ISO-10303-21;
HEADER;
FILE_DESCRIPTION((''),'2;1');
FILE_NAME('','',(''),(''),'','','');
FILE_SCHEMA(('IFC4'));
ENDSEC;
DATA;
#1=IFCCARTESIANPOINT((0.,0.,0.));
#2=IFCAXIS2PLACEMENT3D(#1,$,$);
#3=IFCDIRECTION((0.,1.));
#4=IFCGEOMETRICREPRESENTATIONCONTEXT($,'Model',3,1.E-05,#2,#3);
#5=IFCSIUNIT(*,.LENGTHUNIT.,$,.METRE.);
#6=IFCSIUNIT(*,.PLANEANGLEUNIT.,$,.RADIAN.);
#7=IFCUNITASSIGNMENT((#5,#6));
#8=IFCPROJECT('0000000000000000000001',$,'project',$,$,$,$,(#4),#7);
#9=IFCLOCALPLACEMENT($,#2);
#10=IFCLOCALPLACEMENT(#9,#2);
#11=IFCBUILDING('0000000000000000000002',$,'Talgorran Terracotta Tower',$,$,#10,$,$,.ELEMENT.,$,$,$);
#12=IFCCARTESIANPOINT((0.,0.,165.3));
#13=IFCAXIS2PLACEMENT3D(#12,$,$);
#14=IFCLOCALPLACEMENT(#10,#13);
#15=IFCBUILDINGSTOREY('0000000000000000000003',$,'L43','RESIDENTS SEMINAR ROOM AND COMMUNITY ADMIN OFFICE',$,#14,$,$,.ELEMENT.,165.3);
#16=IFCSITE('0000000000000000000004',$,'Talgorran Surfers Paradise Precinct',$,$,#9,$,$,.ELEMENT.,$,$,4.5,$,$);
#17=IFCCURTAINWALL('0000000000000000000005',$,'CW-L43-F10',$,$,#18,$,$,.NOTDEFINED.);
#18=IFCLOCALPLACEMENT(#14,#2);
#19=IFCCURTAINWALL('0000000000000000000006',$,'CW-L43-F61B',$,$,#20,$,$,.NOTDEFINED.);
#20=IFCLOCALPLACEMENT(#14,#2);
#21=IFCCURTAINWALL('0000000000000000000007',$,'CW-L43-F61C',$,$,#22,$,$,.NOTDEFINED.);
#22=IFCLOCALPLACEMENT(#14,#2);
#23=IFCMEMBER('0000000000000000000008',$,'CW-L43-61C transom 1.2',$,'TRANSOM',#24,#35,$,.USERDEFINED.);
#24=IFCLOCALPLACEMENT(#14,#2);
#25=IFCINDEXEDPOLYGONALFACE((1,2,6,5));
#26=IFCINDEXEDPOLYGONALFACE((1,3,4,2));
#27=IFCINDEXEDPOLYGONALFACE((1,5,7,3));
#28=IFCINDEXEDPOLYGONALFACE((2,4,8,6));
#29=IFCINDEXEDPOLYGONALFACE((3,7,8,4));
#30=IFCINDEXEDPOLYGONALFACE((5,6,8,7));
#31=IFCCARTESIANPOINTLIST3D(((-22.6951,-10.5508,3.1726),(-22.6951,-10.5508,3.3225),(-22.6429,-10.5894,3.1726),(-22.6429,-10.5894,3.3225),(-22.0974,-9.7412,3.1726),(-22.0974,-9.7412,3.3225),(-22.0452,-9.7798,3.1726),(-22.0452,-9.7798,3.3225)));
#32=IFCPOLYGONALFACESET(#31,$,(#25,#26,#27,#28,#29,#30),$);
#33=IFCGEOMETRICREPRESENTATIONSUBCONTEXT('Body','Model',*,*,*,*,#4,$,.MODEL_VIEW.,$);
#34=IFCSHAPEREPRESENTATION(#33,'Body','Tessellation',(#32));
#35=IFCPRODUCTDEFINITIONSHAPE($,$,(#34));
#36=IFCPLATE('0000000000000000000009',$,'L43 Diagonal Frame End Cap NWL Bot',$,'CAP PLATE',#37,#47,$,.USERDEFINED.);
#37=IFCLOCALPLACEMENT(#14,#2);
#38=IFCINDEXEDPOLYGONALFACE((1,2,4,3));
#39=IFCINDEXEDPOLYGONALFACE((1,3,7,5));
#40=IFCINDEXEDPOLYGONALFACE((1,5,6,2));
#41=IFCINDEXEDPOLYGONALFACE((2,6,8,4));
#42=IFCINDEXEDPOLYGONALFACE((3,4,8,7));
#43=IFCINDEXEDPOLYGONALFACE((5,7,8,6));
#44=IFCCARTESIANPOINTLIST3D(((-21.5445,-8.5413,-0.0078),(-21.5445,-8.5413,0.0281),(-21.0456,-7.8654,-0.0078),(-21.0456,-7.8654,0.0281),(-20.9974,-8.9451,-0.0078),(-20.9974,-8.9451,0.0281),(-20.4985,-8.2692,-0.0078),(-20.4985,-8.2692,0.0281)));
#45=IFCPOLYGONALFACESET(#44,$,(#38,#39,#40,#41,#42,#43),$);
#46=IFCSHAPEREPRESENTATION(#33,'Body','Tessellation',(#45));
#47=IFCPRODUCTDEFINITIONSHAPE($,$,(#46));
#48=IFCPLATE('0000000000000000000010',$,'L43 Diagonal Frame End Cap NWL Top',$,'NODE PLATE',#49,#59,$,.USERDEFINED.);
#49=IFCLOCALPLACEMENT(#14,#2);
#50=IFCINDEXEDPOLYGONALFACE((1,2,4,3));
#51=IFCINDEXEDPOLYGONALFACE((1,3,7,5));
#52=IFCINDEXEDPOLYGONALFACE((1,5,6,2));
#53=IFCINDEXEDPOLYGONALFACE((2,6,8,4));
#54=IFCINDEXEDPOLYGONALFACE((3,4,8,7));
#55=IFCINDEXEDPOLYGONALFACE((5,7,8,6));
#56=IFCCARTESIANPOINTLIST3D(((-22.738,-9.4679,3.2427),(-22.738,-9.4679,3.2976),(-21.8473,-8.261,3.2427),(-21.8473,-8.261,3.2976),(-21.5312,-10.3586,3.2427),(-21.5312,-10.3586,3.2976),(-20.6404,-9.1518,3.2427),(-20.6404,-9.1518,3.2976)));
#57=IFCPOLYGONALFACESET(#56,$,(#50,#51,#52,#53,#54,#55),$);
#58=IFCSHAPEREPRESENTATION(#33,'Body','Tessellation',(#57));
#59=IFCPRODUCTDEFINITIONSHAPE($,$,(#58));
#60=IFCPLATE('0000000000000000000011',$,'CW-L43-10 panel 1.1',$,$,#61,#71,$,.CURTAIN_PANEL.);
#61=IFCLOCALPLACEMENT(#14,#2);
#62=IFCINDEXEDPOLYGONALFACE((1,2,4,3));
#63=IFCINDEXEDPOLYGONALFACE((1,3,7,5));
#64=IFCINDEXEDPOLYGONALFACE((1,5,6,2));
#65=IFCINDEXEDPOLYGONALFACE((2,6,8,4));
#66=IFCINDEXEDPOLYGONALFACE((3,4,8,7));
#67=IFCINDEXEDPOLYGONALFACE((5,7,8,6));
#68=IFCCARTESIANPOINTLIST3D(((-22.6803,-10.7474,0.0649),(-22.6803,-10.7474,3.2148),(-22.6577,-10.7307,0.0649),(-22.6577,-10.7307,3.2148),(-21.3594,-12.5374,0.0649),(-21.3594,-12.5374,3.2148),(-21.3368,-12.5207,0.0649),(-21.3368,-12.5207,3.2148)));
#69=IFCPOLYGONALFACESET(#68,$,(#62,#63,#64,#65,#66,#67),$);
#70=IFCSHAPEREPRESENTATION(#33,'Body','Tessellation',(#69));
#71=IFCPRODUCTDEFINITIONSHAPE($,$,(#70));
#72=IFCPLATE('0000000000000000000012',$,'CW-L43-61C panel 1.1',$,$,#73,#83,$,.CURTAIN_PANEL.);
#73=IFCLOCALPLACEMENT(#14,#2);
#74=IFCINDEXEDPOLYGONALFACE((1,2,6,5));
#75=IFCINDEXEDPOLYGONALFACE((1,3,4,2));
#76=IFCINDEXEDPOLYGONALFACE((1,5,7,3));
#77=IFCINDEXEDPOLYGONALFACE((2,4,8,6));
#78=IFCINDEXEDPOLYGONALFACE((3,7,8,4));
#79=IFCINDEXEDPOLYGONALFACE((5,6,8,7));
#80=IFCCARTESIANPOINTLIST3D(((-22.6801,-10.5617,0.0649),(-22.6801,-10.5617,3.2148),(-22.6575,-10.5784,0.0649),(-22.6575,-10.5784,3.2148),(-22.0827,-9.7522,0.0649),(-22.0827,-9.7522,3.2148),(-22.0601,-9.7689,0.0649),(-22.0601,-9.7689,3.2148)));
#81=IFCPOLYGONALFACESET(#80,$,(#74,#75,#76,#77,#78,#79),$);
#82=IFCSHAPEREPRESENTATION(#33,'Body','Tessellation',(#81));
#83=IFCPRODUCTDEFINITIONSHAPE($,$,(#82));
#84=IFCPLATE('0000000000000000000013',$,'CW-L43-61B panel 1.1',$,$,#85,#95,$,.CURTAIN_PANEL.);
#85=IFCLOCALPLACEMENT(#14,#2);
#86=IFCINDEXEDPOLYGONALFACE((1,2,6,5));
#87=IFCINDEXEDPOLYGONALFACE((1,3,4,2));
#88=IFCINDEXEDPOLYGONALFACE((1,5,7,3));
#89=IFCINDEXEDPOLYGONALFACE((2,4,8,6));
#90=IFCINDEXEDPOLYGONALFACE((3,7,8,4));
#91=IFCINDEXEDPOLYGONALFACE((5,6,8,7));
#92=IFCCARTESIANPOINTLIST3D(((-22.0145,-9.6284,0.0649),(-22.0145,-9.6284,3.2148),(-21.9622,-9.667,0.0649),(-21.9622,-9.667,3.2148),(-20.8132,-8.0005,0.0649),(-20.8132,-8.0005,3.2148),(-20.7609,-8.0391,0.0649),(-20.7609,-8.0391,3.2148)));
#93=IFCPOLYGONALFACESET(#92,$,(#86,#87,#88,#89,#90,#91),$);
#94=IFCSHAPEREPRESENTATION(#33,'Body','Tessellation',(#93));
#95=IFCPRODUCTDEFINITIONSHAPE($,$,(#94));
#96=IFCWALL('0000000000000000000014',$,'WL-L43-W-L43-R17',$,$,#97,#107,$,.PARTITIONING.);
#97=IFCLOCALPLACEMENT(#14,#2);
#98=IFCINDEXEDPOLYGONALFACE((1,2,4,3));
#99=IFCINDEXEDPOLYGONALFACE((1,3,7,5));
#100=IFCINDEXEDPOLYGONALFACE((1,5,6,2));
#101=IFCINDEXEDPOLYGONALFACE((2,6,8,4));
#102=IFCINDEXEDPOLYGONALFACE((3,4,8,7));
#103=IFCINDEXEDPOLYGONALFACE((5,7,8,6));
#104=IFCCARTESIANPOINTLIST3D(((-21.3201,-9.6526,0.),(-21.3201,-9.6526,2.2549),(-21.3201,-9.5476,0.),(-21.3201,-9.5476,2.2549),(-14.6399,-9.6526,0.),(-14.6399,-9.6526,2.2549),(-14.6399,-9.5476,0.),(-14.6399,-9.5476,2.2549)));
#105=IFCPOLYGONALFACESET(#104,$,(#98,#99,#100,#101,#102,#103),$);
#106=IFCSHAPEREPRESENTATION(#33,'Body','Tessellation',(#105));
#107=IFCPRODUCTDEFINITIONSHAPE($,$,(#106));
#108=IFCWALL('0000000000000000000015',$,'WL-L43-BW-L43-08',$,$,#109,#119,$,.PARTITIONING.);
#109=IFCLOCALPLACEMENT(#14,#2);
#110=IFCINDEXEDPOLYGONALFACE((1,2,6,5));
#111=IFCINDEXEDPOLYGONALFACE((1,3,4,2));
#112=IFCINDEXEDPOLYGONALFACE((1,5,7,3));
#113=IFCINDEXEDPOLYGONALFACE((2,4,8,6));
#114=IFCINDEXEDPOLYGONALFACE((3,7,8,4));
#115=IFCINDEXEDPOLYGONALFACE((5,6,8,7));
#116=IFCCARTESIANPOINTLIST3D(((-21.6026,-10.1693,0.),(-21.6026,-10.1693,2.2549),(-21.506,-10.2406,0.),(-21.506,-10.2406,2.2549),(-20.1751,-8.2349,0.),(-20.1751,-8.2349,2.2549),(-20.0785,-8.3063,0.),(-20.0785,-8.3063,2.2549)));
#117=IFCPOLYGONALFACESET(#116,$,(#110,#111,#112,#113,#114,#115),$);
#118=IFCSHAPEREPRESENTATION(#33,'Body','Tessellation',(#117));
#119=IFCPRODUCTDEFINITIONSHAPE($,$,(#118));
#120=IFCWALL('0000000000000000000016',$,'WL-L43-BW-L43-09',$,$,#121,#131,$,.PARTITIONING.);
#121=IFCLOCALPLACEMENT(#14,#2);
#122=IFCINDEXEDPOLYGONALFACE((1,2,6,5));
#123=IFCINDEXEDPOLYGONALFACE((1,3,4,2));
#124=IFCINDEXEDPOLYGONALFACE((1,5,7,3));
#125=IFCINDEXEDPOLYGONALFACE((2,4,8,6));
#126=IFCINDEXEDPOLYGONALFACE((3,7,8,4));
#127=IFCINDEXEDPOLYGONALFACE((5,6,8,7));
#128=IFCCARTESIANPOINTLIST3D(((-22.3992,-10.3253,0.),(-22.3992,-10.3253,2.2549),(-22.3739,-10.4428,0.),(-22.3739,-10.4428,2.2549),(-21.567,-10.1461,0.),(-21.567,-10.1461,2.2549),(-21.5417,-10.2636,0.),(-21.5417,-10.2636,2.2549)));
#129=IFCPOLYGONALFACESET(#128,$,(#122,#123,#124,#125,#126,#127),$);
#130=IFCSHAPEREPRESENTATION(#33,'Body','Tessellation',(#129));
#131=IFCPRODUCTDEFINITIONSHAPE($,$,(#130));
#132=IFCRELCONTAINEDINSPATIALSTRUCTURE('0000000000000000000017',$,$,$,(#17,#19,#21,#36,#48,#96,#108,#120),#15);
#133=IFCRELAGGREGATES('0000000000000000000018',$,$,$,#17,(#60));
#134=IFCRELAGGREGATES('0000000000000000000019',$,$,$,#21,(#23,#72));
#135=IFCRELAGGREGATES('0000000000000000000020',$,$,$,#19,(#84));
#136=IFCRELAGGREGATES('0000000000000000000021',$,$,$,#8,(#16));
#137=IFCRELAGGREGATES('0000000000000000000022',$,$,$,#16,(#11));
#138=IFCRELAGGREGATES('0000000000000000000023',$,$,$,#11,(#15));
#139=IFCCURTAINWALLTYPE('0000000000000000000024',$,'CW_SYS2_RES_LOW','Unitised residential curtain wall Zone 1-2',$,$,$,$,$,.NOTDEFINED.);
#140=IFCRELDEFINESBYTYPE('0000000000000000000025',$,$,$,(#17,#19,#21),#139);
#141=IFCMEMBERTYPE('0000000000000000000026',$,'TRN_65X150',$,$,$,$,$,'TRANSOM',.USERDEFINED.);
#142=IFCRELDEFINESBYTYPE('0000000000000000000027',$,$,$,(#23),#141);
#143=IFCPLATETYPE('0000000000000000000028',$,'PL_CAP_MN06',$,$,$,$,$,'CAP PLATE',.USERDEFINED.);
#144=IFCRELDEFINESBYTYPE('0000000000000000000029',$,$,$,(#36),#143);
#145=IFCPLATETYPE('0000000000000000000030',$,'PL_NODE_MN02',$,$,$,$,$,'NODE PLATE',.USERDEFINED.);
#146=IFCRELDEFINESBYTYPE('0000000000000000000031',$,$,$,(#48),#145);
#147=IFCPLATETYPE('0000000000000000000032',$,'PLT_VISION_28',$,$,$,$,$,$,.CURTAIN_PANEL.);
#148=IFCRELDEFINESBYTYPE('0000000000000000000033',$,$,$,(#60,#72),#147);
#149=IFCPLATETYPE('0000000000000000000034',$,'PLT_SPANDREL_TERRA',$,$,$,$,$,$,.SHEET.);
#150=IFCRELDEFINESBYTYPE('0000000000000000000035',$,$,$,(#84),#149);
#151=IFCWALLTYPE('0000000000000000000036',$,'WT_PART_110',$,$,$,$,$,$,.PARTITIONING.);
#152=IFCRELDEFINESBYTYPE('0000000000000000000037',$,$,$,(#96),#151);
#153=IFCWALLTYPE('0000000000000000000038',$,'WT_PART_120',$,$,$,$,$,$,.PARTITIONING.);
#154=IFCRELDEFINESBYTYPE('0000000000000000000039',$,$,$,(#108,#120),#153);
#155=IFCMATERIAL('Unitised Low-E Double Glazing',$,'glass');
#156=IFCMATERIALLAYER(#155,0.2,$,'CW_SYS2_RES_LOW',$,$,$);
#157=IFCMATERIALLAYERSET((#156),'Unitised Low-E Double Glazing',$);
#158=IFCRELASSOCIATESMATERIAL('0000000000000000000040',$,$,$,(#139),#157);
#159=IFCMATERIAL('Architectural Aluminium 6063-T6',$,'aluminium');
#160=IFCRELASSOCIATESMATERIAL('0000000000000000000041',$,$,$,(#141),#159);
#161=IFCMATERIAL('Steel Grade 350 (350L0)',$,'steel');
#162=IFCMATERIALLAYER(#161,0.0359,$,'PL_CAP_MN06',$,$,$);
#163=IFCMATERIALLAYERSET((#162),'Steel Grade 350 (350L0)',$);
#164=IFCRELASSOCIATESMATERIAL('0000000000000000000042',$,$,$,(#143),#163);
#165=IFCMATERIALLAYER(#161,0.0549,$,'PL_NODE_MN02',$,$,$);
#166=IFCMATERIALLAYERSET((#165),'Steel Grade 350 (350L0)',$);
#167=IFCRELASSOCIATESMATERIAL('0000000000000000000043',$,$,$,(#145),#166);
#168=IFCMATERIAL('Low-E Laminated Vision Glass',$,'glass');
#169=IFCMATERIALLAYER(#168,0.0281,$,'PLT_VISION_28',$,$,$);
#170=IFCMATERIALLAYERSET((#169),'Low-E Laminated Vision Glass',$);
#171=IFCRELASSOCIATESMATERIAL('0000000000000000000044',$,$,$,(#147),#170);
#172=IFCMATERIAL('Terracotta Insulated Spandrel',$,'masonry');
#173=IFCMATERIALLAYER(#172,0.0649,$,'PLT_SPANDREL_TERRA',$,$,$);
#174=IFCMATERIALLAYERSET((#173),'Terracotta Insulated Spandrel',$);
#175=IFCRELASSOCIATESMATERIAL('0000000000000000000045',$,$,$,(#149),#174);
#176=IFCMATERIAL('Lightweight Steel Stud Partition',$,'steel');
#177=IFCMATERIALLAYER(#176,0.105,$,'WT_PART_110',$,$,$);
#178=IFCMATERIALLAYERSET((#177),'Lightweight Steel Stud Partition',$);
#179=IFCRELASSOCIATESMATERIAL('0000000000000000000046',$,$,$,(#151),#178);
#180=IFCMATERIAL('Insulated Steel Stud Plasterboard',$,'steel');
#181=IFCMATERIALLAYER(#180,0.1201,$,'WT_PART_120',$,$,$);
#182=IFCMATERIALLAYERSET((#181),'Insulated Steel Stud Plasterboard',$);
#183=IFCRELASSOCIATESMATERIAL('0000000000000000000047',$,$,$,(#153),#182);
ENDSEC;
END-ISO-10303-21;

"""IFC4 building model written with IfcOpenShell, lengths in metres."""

from ifc_helpers import new_model, si_unit, direction, frame, frame_2d, origin, origin_2d, place, context, subcontext, project, spatial, rectangle, extrude, source, transform, mapped, material, layer, layer_set, material_profile, profile_set, type_object, type_shapes, element, aggregate, save


model = new_model("IFC4")

# Units and contexts
model_context = context("Model", 3, precision=1e-05, world=origin(), true_north=direction((0.0, 1.0)))
body_context = subcontext(model_context, "Body", "Model", "MODEL_VIEW")
ifc_project = project(units=[si_unit("LENGTHUNIT", "METRE"), si_unit("PLANEANGLEUNIT", "RADIAN")], contexts=[model_context])

# Site, building, storey
site_placement = place(None, origin())
site = spatial("IfcSite", under=ifc_project, at=site_placement, Name="Talgorran Surfers Paradise Precinct", CompositionType="ELEMENT", RefElevation=4.5)
building_placement = place(site_placement, origin())
building = spatial("IfcBuilding", under=site, at=building_placement, Name="Talgorran Terracotta Tower", CompositionType="ELEMENT")
storey_placement = place(building_placement, frame((0.0, 0.0, 165.3)))
storey = spatial("IfcBuildingStorey", under=building, at=storey_placement, Name="L43", Description="RESIDENTS SEMINAR ROOM AND COMMUNITY ADMIN OFFICE", CompositionType="ELEMENT", Elevation=165.3)

# Shared definitions
ifc_material_1 = material(Name="Steel Grade 350 (350L0)", Category="steel")

# Curtain walls
ifc_material_2 = material(Name="Unitised Low-E Double Glazing", Category="glass")
ifc_layer_1 = layer(ifc_material_2, 0.2, Name="CW_SYS2_RES_LOW")
ifc_layer_set_1 = layer_set([ifc_layer_1], Name="Unitised Low-E Double Glazing")
curtain_wall_type = type_object("IfcCurtainWallType", Name="CW_SYS2_RES_LOW", Description="Unitised residential curtain wall Zone 1-2", PredefinedType="NOTDEFINED", material=ifc_layer_set_1)
curtain_wall_1_placement = place(storey_placement, origin())
curtain_wall_1 = element("IfcCurtainWall", 1, at=curtain_wall_1_placement, inside=storey, type_object=curtain_wall_type, Name="CW-L43-F10", PredefinedType="NOTDEFINED")
ifc_material_3 = material(Name="Architectural Aluminium 6063-T6", Category="aluminium")
curtain_wall_2_placement = place(storey_placement, origin())
curtain_wall_2 = element("IfcCurtainWall", 2, at=curtain_wall_2_placement, inside=storey, type_object=curtain_wall_type, Name="CW-L43-F61B", PredefinedType="NOTDEFINED")

# Curtain wall
curtain_wall_3_placement = place(storey_placement, origin())
curtain_wall_3 = element("IfcCurtainWall", 3, at=curtain_wall_3_placement, inside=storey, type_object=curtain_wall_type, Name="CW-L43-F61C", PredefinedType="NOTDEFINED")

# Member
ifc_material_profile_1 = material_profile(ifc_material_3, rectangle(XDim=0.0649, YDim=0.1499, at=origin_2d()), Name="CWT65X150")
ifc_profile_set_1 = profile_set([ifc_material_profile_1], Name="Architectural Aluminium 6063-T6")
member_type_1 = type_object("IfcMemberType", Name="TRN_65X150", ElementType="TRANSOM", PredefinedType="USERDEFINED", material=ifc_profile_set_1)
member_1_placement = place(storey_placement, frame((-22.0713, -9.7605, 3.2476), z_axis=(-0.593927, -0.804519, 0.0), x_axis=(0.804519, -0.593927, 0.0)))
member_1 = element("IfcMember", 4, at=member_1_placement, type_object=member_type_1, Name="CW-L43-61C transom 1.2", ObjectType="TRANSOM", PredefinedType="USERDEFINED", context=body_context, shape_type="SweptSolid", body=[
    extrude(rectangle(XDim=0.0649, YDim=0.1499, at=origin_2d()), origin(), (0.0, 0.0, 1.0), 1.0063),
])

# Plates
ifc_layer_2 = layer(ifc_material_1, 0.0359, Name="PL_CAP_MN06")
ifc_layer_set_2 = layer_set([ifc_layer_2], Name="Steel Grade 350 (350L0)")
plate_type_1 = type_object("IfcPlateType", Name="PL_CAP_MN06", ElementType="CAP PLATE", PredefinedType="USERDEFINED", material=ifc_layer_set_2)
plate_1_placement = place(storey_placement, frame((-21.0215, -8.4053, -0.0078), z_axis=(0.0, 0.0, 1.0), x_axis=(-0.59384, -0.804583, 0.0)))
element("IfcPlate", 5, at=plate_1_placement, inside=storey, type_object=plate_type_1, Name="L43 Diagonal Frame End Cap NWL Bot", ObjectType="CAP PLATE", PredefinedType="USERDEFINED", context=body_context, shape_type="SweptSolid", body=[
    extrude(rectangle(XDim=0.8401, YDim=0.6799, at=origin_2d()), origin(), (0.0, 0.0, 1.0), 0.0359),
])
ifc_layer_3 = layer(ifc_material_1, 0.0549, Name="PL_NODE_MN02")
ifc_layer_set_3 = layer_set([ifc_layer_3], Name="Steel Grade 350 (350L0)")
plate_type_2 = type_object("IfcPlateType", Name="PL_NODE_MN02", ElementType="NODE PLATE", PredefinedType="USERDEFINED", material=ifc_layer_set_3)
plate_2_placement = place(storey_placement, frame((-21.6892, -9.3098, 3.2427), z_axis=(0.0, 0.0, 1.0), x_axis=(-0.59384, -0.804583, 0.0)))
element("IfcPlate", 6, at=plate_2_placement, inside=storey, type_object=plate_type_2, Name="L43 Diagonal Frame End Cap NWL Top", ObjectType="NODE PLATE", PredefinedType="USERDEFINED", context=body_context, shape_type="SweptSolid", body=[
    extrude(rectangle(XDim=1.5, YDim=1.5, at=origin_2d()), origin(), (0.0, 0.0, 1.0), 0.0549),
])

# Plates
ifc_material_4 = material(Name="Low-E Laminated Vision Glass", Category="glass")
ifc_layer_4 = layer(ifc_material_4, 0.0281, Name="PLT_VISION_28")
ifc_layer_set_4 = layer_set([ifc_layer_4], Name="Low-E Laminated Vision Glass")
plate_type_3 = type_object("IfcPlateType", Name="PLT_VISION_28", PredefinedType="CURTAIN_PANEL", material=ifc_layer_set_4)
shared_shape_1 = source(origin(), body_context, "Body", "SweptSolid", [
    extrude(rectangle(XDim=2.2246, YDim=0.0281, at=origin_2d()), origin(), (0.0, 0.0, 1.0), 3.1499),
])
plate_3_placement = place(storey_placement, frame((-22.0085, -11.634, 0.0649), z_axis=(0.0, 0.0, 1.0), x_axis=(0.593791, -0.804619, 0.0)))
plate_3 = element("IfcPlate", 7, at=plate_3_placement, type_object=plate_type_3, Name="CW-L43-10 panel 1.1", PredefinedType="CURTAIN_PANEL", context=body_context, shape_type="MappedRepresentation", body=[
    mapped(shared_shape_1, transform((0.0, 0.0, 0.0), scale=1.0)),
])
aggregate(curtain_wall_1, [plate_3])
shared_shape_2 = source(origin(), body_context, "Body", "SweptSolid", [
    extrude(rectangle(XDim=1.0061, YDim=0.0281, at=origin_2d()), origin(), (0.0, 0.0, 1.0), 3.1499),
])
type_shapes(plate_type_3, [shared_shape_1, shared_shape_2])
plate_4_placement = place(storey_placement, frame((-22.3701, -10.1653, 0.0649), z_axis=(0.0, 0.0, 1.0), x_axis=(-0.593814, -0.804602, 0.0)))
plate_4 = element("IfcPlate", 8, at=plate_4_placement, type_object=plate_type_3, Name="CW-L43-61C panel 1.1", PredefinedType="CURTAIN_PANEL", context=body_context, shape_type="MappedRepresentation", body=[
    mapped(shared_shape_2, transform((0.0, 0.0, 0.0), scale=1.0)),
])
aggregate(curtain_wall_3, [member_1, plate_4])
ifc_material_5 = material(Name="Terracotta Insulated Spandrel", Category="masonry")
ifc_layer_5 = layer(ifc_material_5, 0.0649, Name="PLT_SPANDREL_TERRA")
ifc_layer_set_5 = layer_set([ifc_layer_5], Name="Terracotta Insulated Spandrel")
plate_type_4 = type_object("IfcPlateType", Name="PLT_SPANDREL_TERRA", PredefinedType="SHEET", material=ifc_layer_set_5)
shared_shape_3 = source(origin(), body_context, "Body", "SweptSolid", [
    extrude(rectangle(XDim=2.0232, YDim=0.0649, at=origin_2d()), origin(), (0.0, 0.0, 1.0), 3.1499),
])
type_shapes(plate_type_4, [shared_shape_3])
plate_5_placement = place(storey_placement, frame((-21.3877, -8.8337, 0.0649), z_axis=(0.0, 0.0, 1.0), x_axis=(-0.593785, -0.804624, 0.0)))
plate_5 = element("IfcPlate", 9, at=plate_5_placement, type_object=plate_type_4, Name="CW-L43-61B panel 1.1", PredefinedType="CURTAIN_PANEL", context=body_context, shape_type="MappedRepresentation", body=[
    mapped(shared_shape_3, transform((0.0, 0.0, 0.0), scale=1.0)),
])
aggregate(curtain_wall_2, [plate_5])

# Walls
ifc_material_6 = material(Name="Lightweight Steel Stud Partition", Category="steel")
ifc_layer_6 = layer(ifc_material_6, 0.105, Name="WT_PART_110")
ifc_layer_set_6 = layer_set([ifc_layer_6], Name="Lightweight Steel Stud Partition")
wall_type_1 = type_object("IfcWallType", Name="WT_PART_110", PredefinedType="PARTITIONING", material=ifc_layer_set_6)
wall_1_placement = place(storey_placement, frame((-21.3201, -9.6001, 0.0), z_axis=(0.0, 0.0, 1.0), x_axis=(1.0, 0.0, 0.0)))
element("IfcWall", 10, at=wall_1_placement, inside=storey, type_object=wall_type_1, Name="WL-L43-W-L43-R17", PredefinedType="PARTITIONING", context=body_context, shape_type="SweptSolid", body=[
    extrude(rectangle(XDim=6.6802, YDim=0.105, at=frame_2d((3.3401, 0.0))), origin(), (0.0, 0.0, 1.0), 2.2549),
])
ifc_material_7 = material(Name="Insulated Steel Stud Plasterboard", Category="steel")
ifc_layer_7 = layer(ifc_material_7, 0.1201, Name="WT_PART_120")
ifc_layer_set_7 = layer_set([ifc_layer_7], Name="Insulated Steel Stud Plasterboard")
wall_type_2 = type_object("IfcWallType", Name="WT_PART_120", PredefinedType="PARTITIONING", material=ifc_layer_set_7)
wall_2_placement = place(storey_placement, frame((-20.1267, -8.2705, 0.0), z_axis=(0.0, 0.0, 1.0), x_axis=(-0.593791, -0.804619, 0.0)))
element("IfcWall", 11, at=wall_2_placement, inside=storey, type_object=wall_type_2, Name="WL-L43-BW-L43-08", PredefinedType="PARTITIONING", context=body_context, shape_type="SweptSolid", body=[
    extrude(rectangle(XDim=2.4041, YDim=0.1201, at=frame_2d((1.2021, 0.0))), origin(), (0.0, 0.0, 1.0), 2.2549),
])
wall_3_placement = place(storey_placement, frame((-21.5542, -10.2048, 0.0), z_axis=(0.0, 0.0, 1.0), x_axis=(-0.977596, -0.210489, 0.0)))
element("IfcWall", 12, at=wall_3_placement, inside=storey, type_object=wall_type_2, Name="WL-L43-BW-L43-09", PredefinedType="PARTITIONING", context=body_context, shape_type="SweptSolid", body=[
    extrude(rectangle(XDim=0.8513, YDim=0.1201, at=frame_2d((0.4258, 0.0))), origin(), (0.0, 0.0, 1.0), 2.2549),
])

save(model, "model.ifc")
